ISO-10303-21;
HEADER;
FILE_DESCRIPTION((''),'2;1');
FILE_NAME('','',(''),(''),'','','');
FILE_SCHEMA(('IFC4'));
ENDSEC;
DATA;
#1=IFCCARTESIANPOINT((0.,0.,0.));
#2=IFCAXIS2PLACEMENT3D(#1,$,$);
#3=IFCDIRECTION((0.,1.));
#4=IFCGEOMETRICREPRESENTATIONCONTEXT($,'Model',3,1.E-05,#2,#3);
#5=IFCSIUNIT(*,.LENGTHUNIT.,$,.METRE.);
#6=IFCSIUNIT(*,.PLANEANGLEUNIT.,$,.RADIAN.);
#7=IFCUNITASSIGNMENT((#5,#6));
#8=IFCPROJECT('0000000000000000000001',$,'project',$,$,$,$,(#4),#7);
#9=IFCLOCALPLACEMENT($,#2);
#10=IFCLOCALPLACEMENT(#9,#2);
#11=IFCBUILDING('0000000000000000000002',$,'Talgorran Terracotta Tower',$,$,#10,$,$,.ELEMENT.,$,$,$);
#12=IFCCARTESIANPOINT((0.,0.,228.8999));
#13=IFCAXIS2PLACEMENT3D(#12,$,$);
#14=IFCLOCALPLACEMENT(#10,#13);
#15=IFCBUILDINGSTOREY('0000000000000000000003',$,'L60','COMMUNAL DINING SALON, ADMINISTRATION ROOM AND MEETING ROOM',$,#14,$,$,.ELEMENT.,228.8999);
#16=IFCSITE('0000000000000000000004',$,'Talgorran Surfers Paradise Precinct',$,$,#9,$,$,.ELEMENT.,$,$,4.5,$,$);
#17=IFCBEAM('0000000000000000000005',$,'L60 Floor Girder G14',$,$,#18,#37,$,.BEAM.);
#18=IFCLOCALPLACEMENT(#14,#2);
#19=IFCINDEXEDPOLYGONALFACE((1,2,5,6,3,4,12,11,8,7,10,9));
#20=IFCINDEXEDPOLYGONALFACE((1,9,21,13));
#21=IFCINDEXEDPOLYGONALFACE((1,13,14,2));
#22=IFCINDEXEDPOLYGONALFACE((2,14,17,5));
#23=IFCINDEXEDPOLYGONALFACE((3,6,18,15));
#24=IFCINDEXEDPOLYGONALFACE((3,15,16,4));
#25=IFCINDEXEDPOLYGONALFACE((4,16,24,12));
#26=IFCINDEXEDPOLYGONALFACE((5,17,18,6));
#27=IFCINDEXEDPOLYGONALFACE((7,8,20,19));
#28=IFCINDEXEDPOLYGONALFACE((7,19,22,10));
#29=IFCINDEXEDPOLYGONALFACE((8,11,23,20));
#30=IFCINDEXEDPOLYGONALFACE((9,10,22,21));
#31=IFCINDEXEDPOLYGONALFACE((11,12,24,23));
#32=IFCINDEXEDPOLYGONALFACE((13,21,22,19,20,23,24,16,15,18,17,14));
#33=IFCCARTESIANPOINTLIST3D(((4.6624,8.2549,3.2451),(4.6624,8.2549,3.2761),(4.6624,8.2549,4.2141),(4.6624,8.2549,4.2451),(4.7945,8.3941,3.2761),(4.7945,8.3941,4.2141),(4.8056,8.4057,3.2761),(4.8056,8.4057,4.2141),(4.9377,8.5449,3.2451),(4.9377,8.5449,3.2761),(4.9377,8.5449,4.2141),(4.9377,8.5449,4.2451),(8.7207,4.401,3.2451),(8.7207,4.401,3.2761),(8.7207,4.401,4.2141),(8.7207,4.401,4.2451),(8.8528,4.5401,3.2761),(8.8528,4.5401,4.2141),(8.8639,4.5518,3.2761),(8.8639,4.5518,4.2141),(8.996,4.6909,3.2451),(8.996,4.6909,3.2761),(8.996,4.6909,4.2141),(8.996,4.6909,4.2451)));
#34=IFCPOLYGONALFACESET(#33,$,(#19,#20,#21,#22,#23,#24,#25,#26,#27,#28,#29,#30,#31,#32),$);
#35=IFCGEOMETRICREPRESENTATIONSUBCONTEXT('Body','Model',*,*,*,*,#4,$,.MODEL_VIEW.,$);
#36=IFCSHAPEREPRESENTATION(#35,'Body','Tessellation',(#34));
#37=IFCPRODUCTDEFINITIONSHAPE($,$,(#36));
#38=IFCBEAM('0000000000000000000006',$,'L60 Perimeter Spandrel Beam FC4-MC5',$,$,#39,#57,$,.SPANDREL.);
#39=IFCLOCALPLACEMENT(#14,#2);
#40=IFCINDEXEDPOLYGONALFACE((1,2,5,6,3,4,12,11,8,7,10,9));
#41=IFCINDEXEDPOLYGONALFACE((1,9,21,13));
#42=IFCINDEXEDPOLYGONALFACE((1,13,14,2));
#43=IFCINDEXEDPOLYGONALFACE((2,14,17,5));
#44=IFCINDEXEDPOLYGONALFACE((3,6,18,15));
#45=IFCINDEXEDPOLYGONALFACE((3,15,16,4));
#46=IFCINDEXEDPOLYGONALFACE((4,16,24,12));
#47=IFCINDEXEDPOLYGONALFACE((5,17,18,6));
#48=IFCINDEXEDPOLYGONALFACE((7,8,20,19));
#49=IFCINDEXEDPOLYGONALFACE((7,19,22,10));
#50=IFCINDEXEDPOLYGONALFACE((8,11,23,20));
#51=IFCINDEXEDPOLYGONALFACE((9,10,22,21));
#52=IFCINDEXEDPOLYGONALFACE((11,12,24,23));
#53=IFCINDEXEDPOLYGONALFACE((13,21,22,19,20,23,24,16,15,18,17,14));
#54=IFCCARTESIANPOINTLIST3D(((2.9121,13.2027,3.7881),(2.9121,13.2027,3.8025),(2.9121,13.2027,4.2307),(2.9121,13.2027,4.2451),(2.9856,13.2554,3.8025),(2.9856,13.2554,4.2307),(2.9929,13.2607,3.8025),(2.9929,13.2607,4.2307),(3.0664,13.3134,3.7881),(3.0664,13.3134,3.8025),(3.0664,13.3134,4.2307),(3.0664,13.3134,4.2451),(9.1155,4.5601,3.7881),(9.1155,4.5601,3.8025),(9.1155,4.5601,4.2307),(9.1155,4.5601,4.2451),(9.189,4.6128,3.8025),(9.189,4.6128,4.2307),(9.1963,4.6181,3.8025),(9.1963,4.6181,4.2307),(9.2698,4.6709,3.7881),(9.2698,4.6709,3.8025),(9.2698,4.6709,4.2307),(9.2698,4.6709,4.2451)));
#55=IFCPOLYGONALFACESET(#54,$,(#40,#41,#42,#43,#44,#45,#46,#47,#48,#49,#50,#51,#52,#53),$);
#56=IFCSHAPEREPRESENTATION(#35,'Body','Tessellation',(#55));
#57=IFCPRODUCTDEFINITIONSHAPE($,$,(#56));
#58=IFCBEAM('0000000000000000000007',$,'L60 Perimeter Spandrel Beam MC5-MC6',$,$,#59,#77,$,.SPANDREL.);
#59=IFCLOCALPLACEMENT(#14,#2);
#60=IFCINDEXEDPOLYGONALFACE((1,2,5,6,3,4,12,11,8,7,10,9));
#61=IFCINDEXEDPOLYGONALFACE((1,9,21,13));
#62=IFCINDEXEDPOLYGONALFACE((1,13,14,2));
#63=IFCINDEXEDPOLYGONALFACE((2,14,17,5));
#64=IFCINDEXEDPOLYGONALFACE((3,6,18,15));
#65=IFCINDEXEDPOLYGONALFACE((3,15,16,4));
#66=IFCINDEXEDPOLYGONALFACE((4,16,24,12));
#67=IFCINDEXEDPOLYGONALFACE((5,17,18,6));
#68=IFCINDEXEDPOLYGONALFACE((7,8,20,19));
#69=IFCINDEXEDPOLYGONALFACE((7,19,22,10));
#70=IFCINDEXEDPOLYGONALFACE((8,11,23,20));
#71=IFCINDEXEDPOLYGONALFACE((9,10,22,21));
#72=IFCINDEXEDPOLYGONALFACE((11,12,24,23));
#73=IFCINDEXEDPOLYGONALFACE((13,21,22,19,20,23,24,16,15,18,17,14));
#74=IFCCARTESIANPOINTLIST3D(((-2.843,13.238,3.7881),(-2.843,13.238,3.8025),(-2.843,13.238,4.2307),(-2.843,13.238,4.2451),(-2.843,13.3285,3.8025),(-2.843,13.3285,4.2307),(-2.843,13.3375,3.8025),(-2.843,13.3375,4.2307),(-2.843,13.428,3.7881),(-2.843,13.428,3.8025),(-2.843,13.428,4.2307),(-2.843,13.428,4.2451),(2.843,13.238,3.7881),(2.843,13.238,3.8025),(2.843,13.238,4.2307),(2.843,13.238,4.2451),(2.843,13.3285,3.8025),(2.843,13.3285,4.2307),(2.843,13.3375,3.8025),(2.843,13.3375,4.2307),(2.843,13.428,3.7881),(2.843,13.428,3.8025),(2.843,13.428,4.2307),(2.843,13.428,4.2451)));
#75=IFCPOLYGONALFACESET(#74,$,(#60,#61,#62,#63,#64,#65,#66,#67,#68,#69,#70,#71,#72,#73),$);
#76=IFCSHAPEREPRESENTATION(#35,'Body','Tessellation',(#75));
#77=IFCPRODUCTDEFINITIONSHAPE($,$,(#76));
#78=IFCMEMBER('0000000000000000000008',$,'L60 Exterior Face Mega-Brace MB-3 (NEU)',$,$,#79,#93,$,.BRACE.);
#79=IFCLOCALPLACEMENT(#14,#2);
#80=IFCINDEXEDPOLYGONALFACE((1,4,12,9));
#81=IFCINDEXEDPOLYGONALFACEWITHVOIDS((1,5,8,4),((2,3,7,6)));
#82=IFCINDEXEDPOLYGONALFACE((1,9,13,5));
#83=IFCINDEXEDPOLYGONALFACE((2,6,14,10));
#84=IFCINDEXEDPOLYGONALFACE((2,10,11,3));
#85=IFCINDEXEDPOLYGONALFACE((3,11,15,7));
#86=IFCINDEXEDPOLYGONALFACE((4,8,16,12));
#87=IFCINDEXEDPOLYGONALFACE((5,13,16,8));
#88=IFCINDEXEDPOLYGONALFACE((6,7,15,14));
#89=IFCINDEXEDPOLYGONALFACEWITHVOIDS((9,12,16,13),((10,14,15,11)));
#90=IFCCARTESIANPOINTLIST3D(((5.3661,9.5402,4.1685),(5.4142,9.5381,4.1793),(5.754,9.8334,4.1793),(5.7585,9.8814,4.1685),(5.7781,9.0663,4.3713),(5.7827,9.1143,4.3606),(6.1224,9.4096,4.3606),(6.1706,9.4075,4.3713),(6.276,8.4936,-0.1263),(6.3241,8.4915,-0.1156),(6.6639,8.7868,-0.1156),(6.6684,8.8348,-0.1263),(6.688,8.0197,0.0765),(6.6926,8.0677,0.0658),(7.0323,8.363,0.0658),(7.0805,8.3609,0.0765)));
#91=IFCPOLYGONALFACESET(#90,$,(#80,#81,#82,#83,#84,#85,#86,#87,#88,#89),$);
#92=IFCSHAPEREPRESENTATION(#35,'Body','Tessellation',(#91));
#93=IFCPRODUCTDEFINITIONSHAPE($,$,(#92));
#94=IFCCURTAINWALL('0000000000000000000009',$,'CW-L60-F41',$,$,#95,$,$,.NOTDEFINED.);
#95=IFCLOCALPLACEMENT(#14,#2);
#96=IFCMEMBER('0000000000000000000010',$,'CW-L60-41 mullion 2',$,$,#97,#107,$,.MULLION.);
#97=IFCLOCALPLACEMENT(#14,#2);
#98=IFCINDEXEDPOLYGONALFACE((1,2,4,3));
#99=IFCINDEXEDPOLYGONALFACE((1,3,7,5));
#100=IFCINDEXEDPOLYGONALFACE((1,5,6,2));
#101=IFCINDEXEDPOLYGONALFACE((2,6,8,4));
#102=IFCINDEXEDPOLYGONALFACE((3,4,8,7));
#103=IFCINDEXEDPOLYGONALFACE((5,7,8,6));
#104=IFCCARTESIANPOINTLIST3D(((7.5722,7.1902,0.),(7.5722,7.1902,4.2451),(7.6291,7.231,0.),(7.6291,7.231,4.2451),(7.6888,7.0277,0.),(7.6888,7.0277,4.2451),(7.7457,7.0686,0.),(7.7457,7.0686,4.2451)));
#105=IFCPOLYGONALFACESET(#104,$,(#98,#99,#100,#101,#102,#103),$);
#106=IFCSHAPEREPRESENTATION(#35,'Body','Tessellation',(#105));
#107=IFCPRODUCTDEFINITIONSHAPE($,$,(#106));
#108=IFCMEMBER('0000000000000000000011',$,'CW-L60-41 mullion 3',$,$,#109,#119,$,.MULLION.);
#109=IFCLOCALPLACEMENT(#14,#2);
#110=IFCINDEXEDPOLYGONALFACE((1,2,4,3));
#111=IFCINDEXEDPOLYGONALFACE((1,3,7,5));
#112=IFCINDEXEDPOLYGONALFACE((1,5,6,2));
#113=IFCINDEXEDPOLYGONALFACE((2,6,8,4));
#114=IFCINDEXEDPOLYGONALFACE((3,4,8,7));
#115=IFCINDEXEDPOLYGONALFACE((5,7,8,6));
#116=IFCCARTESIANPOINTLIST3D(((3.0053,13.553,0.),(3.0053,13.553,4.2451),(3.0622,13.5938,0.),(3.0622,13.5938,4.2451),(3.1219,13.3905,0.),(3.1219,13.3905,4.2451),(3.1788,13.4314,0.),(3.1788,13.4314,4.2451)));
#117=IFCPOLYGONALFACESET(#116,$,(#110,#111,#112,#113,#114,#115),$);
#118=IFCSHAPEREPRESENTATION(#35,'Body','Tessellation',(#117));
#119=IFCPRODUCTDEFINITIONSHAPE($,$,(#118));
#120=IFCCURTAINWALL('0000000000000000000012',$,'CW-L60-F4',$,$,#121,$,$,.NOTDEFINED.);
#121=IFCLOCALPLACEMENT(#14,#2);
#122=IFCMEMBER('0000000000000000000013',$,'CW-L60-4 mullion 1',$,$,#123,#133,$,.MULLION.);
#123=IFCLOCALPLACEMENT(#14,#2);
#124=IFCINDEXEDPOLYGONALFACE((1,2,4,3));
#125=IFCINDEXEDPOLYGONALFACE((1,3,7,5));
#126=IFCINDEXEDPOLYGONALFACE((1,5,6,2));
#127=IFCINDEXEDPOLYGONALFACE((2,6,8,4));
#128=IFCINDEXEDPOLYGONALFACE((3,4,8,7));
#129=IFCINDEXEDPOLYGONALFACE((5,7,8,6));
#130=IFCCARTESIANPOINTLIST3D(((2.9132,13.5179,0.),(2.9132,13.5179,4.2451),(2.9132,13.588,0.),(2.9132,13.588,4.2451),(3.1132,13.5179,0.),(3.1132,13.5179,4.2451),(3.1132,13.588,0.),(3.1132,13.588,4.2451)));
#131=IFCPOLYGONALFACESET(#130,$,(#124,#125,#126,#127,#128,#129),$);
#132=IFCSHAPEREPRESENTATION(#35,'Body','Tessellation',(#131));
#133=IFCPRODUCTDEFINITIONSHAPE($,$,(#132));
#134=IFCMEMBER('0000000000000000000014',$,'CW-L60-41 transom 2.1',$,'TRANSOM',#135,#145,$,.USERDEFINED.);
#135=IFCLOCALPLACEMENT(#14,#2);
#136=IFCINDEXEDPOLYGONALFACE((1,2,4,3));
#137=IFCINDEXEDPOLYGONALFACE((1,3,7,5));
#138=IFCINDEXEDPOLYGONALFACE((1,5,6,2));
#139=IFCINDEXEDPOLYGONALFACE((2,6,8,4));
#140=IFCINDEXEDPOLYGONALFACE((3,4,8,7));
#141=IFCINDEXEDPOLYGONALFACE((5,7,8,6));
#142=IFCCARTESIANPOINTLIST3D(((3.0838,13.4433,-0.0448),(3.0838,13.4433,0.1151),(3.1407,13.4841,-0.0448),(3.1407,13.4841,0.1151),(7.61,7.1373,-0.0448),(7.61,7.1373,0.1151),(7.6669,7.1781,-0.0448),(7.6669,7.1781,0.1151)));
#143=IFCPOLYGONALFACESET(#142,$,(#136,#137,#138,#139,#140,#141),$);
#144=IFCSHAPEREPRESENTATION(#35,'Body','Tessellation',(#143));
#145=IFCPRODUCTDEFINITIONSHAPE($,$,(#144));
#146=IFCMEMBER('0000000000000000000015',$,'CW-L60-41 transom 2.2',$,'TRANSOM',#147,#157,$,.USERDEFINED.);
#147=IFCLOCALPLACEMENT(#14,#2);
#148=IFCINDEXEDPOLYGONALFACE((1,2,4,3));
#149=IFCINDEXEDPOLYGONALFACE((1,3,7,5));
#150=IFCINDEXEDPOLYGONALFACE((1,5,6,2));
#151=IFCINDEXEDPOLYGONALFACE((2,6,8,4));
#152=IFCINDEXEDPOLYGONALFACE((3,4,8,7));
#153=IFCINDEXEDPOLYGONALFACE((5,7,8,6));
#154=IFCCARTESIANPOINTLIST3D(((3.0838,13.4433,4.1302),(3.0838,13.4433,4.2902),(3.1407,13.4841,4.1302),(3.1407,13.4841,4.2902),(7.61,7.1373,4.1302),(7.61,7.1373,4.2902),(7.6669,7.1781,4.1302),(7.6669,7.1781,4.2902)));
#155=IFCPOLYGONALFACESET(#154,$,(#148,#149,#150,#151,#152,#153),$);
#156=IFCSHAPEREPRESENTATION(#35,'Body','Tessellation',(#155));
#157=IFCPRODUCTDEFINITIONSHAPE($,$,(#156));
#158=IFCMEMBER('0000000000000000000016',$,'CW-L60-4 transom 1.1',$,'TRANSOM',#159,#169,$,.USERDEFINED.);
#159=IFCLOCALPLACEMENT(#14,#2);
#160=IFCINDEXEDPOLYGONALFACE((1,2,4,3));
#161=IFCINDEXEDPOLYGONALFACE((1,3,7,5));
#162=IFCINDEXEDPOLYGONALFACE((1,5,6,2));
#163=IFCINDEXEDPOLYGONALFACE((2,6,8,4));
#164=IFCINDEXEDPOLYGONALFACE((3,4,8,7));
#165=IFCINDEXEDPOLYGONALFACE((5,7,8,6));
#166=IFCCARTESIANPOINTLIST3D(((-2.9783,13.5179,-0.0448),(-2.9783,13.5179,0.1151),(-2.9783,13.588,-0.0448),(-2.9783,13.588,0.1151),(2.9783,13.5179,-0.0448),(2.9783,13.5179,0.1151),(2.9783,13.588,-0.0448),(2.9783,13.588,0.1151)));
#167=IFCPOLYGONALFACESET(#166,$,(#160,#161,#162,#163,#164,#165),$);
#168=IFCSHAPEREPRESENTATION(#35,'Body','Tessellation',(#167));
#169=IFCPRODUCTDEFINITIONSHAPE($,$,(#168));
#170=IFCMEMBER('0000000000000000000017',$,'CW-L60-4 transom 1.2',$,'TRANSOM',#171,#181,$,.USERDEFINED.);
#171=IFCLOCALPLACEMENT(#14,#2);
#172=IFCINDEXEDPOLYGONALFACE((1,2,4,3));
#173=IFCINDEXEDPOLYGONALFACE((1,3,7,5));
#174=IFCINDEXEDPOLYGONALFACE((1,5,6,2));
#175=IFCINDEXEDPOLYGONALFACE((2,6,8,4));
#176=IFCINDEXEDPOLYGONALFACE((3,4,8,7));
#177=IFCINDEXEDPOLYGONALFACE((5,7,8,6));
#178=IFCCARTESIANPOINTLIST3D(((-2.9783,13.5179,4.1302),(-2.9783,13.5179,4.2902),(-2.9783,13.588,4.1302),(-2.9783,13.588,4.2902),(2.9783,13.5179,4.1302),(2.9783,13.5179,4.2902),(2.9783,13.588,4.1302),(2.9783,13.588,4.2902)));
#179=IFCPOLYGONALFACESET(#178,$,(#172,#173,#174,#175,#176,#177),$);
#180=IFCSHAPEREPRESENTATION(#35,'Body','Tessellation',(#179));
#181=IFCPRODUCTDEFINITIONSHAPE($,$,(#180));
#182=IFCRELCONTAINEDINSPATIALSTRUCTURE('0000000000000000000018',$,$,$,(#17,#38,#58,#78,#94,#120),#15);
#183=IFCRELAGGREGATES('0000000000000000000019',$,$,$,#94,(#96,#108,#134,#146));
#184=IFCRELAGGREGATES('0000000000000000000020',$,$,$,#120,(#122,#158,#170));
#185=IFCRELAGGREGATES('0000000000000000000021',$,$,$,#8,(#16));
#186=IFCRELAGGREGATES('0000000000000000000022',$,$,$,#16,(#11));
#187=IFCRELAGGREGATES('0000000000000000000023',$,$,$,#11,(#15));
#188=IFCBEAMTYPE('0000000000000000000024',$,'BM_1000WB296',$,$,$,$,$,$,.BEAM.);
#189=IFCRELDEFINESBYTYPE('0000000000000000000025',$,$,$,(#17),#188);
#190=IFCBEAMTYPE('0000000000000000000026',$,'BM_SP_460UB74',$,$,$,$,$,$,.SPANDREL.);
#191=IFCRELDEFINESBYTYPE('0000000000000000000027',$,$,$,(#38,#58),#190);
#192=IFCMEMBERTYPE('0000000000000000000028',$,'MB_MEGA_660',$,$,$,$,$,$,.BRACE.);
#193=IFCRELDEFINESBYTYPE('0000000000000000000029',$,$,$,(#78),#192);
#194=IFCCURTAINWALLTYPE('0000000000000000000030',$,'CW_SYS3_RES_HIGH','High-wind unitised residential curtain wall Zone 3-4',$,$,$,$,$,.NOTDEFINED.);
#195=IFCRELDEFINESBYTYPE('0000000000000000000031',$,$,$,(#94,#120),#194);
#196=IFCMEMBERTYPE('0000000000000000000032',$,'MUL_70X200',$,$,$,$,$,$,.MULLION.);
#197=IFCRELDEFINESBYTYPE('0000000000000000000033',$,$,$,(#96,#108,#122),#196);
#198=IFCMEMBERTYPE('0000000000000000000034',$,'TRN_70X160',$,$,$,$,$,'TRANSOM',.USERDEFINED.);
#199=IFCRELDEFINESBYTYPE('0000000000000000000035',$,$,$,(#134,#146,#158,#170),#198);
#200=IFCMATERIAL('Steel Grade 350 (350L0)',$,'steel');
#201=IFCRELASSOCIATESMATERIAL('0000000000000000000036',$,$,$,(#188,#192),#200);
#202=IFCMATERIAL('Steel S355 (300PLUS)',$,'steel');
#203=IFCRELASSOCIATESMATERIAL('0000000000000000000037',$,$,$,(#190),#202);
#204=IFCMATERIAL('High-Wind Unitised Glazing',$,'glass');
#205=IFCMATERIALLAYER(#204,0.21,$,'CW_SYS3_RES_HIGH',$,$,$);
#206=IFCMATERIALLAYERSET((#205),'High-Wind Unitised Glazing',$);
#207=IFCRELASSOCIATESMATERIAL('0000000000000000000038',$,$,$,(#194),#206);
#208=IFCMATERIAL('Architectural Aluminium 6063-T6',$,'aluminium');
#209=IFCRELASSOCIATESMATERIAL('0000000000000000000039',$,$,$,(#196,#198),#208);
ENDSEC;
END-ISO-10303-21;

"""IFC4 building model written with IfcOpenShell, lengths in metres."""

from ifc_helpers import new_model, si_unit, direction, frame, origin, origin_2d, place, context, subcontext, project, spatial, rectangle, hollow_rectangle, i_section, extrude, material, layer, layer_set, material_profile, profile_set, type_object, element, aggregate, save


model = new_model("IFC4")

# Units and contexts
model_context = context("Model", 3, precision=1e-05, world=origin(), true_north=direction((0.0, 1.0)))
body_context = subcontext(model_context, "Body", "Model", "MODEL_VIEW")
ifc_project = project(units=[si_unit("LENGTHUNIT", "METRE"), si_unit("PLANEANGLEUNIT", "RADIAN")], contexts=[model_context])

# Site, building, storey
site_placement = place(None, origin())
site = spatial("IfcSite", under=ifc_project, at=site_placement, Name="Talgorran Surfers Paradise Precinct", CompositionType="ELEMENT", RefElevation=4.5)
building_placement = place(site_placement, origin())
building = spatial("IfcBuilding", under=site, at=building_placement, Name="Talgorran Terracotta Tower", CompositionType="ELEMENT")
storey_placement = place(building_placement, frame((0.0, 0.0, 228.8999)))
storey = spatial("IfcBuildingStorey", under=building, at=storey_placement, Name="L60", Description="COMMUNAL DINING SALON, ADMINISTRATION ROOM AND MEETING ROOM", CompositionType="ELEMENT", Elevation=228.8999)

# Shared definitions
ifc_material_1 = material(Name="Steel S355 (300PLUS)", Category="steel")
ifc_material_2 = material(Name="Steel Grade 350 (350L0)", Category="steel")

# Beams
ifc_material_profile_1 = material_profile(ifc_material_2, i_section(OverallWidth=0.3999, OverallDepth=1.0, WebThickness=0.0161, FlangeThickness=0.031, at=origin_2d()), Name="1000WB296")
ifc_profile_set_1 = profile_set([ifc_material_profile_1], Name="Steel Grade 350 (350L0)")
beam_type_1 = type_object("IfcBeamType", Name="BM_1000WB296", PredefinedType="BEAM", material=ifc_profile_set_1)
beam_1_placement = place(storey_placement, frame((4.8, 8.3999, 3.7451), z_axis=(0.725127, -0.688615, 0.0), x_axis=(0.688615, 0.725127, 0.0)))
element("IfcBeam", 1, at=beam_1_placement, inside=storey, type_object=beam_type_1, Name="L60 Floor Girder G14", PredefinedType="BEAM", context=body_context, shape_type="SweptSolid", body=[
    extrude(i_section(OverallWidth=0.3999, OverallDepth=1.0, WebThickness=0.0161, FlangeThickness=0.031, at=origin_2d()), origin(), (0.0, 0.0, 1.0), 5.5967),
])
ifc_material_profile_2 = material_profile(ifc_material_1, i_section(OverallWidth=0.1899, OverallDepth=0.457, WebThickness=0.009, FlangeThickness=0.0144, at=origin_2d()), Name="460UB74.6")
ifc_profile_set_2 = profile_set([ifc_material_profile_2], Name="Steel S355 (300PLUS)")
beam_type_2 = type_object("IfcBeamType", Name="BM_SP_460UB74", PredefinedType="SPANDREL", material=ifc_profile_set_2)
beam_2_placement = place(storey_placement, frame((9.1926, 4.6155, 4.0166), z_axis=(-0.58311, 0.812393, 0.0), x_axis=(-0.812393, -0.58311, 0.0)))
element("IfcBeam", 2, at=beam_2_placement, inside=storey, type_object=beam_type_2, Name="L60 Perimeter Spandrel Beam FC4-MC5", PredefinedType="SPANDREL", context=body_context, shape_type="SweptSolid", body=[
    extrude(i_section(OverallWidth=0.1899, OverallDepth=0.457, WebThickness=0.009, FlangeThickness=0.0144, at=origin_2d()), origin(), (0.0, 0.0, 1.0), 10.6384),
])
beam_3_placement = place(storey_placement, frame((2.843, 13.333, 4.0166), z_axis=(-1.0, 0.0, 0.0), x_axis=(0.0, -1.0, 0.0)))
element("IfcBeam", 3, at=beam_3_placement, inside=storey, type_object=beam_type_2, Name="L60 Perimeter Spandrel Beam MC5-MC6", PredefinedType="SPANDREL", context=body_context, shape_type="SweptSolid", body=[
    extrude(i_section(OverallWidth=0.1899, OverallDepth=0.457, WebThickness=0.009, FlangeThickness=0.0144, at=origin_2d()), origin(), (0.0, 0.0, 1.0), 5.686),
])

# Member
ifc_material_profile_3 = material_profile(ifc_material_2, hollow_rectangle(XDim=0.52, YDim=0.6599, WallThickness=0.0349, at=origin_2d()), Name="WBOX660X520X35")
ifc_profile_set_3 = profile_set([ifc_material_profile_3], Name="Steel Grade 350 (350L0)")
member_type_1 = type_object("IfcMemberType", Name="MB_MEGA_660", PredefinedType="BRACE", material=ifc_profile_set_3)
member_1_placement = place(storey_placement, frame((6.6782, 8.4272, -0.0249), z_axis=(-0.201608, 0.2319, 0.951618), x_axis=(-0.754678, -0.656096, 0.0)))
element("IfcMember", 4, at=member_1_placement, inside=storey, type_object=member_type_1, Name="L60 Exterior Face Mega-Brace MB-3 (NEU)", PredefinedType="BRACE", context=body_context, shape_type="SweptSolid", body=[
    extrude(hollow_rectangle(XDim=0.52, YDim=0.6599, WallThickness=0.0349, at=origin_2d()), origin(), (0.0, 0.0, 1.0), 4.5132),
])

# Curtain wall, members
ifc_material_3 = material(Name="High-Wind Unitised Glazing", Category="glass")
ifc_layer_1 = layer(ifc_material_3, 0.21, Name="CW_SYS3_RES_HIGH")
ifc_layer_set_1 = layer_set([ifc_layer_1], Name="High-Wind Unitised Glazing")
curtain_wall_type = type_object("IfcCurtainWallType", Name="CW_SYS3_RES_HIGH", Description="High-wind unitised residential curtain wall Zone 3-4", PredefinedType="NOTDEFINED", material=ifc_layer_set_1)
curtain_wall_1_placement = place(storey_placement, origin())
curtain_wall_1 = element("IfcCurtainWall", 5, at=curtain_wall_1_placement, inside=storey, type_object=curtain_wall_type, Name="CW-L60-F41", PredefinedType="NOTDEFINED")
ifc_material_4 = material(Name="Architectural Aluminium 6063-T6", Category="aluminium")
ifc_material_profile_4 = material_profile(ifc_material_4, rectangle(XDim=0.0701, YDim=0.2, at=origin_2d()), Name="CWM70X200")
ifc_profile_set_4 = profile_set([ifc_material_profile_4], Name="Architectural Aluminium 6063-T6")
member_type_2 = type_object("IfcMemberType", Name="MUL_70X200", PredefinedType="MULLION", material=ifc_profile_set_4)
member_2_placement = place(storey_placement, frame((7.6589, 7.1294, 0.0), z_axis=(0.0, 0.0, 1.0), x_axis=(-0.812392, -0.583112, 0.0)))
member_2 = element("IfcMember", 6, at=member_2_placement, type_object=member_type_2, Name="CW-L60-41 mullion 2", PredefinedType="MULLION", context=body_context, shape_type="SweptSolid", body=[
    extrude(rectangle(XDim=0.0701, YDim=0.2, at=origin_2d()), origin(), (0.0, 0.0, 1.0), 4.2451),
])
member_3_placement = place(storey_placement, frame((3.092, 13.4922, 0.0), z_axis=(0.0, 0.0, 1.0), x_axis=(-0.812392, -0.583112, 0.0)))
member_3 = element("IfcMember", 7, at=member_3_placement, type_object=member_type_2, Name="CW-L60-41 mullion 3", PredefinedType="MULLION", context=body_context, shape_type="SweptSolid", body=[
    extrude(rectangle(XDim=0.0701, YDim=0.2, at=origin_2d()), origin(), (0.0, 0.0, 1.0), 4.2451),
])

# Curtain wall, member
curtain_wall_2_placement = place(storey_placement, origin())
curtain_wall_2 = element("IfcCurtainWall", 8, at=curtain_wall_2_placement, inside=storey, type_object=curtain_wall_type, Name="CW-L60-F4", PredefinedType="NOTDEFINED")
member_4_placement = place(storey_placement, frame((3.0132, 13.553, 0.0), z_axis=(0.0, 0.0, 1.0), x_axis=(0.0, -1.0, 0.0)))
member_4 = element("IfcMember", 9, at=member_4_placement, type_object=member_type_2, Name="CW-L60-4 mullion 1", PredefinedType="MULLION", context=body_context, shape_type="SweptSolid", body=[
    extrude(rectangle(XDim=0.0701, YDim=0.2, at=origin_2d()), origin(), (0.0, 0.0, 1.0), 4.2451),
])

# Members
ifc_material_profile_5 = material_profile(ifc_material_4, rectangle(XDim=0.0701, YDim=0.1599, at=origin_2d()), Name="CWT70X160")
ifc_profile_set_5 = profile_set([ifc_material_profile_5], Name="Architectural Aluminium 6063-T6")
member_type_3 = type_object("IfcMemberType", Name="TRN_70X160", ElementType="TRANSOM", PredefinedType="USERDEFINED", material=ifc_profile_set_5)
member_5_placement = place(storey_placement, frame((7.6384, 7.1577, 0.0352), z_axis=(-0.583105, 0.812397, 0.0), x_axis=(-0.812397, -0.583105, 0.0)))
member_5 = element("IfcMember", 10, at=member_5_placement, type_object=member_type_3, Name="CW-L60-41 transom 2.1", ObjectType="TRANSOM", PredefinedType="USERDEFINED", context=body_context, shape_type="SweptSolid", body=[
    extrude(rectangle(XDim=0.0701, YDim=0.1599, at=origin_2d()), origin(), (0.0, 0.0, 1.0), 7.7622),
])
member_6_placement = place(storey_placement, frame((7.6384, 7.1577, 4.2102), z_axis=(-0.583105, 0.812397, 0.0), x_axis=(-0.812397, -0.583105, 0.0)))
member_6 = element("IfcMember", 11, at=member_6_placement, type_object=member_type_3, Name="CW-L60-41 transom 2.2", ObjectType="TRANSOM", PredefinedType="USERDEFINED", context=body_context, shape_type="SweptSolid", body=[
    extrude(rectangle(XDim=0.0701, YDim=0.1599, at=origin_2d()), origin(), (0.0, 0.0, 1.0), 7.7622),
])
member_7_placement = place(storey_placement, frame((2.9783, 13.553, 0.0352), z_axis=(-1.0, 0.0, 0.0), x_axis=(0.0, -1.0, 0.0)))
member_7 = element("IfcMember", 12, at=member_7_placement, type_object=member_type_3, Name="CW-L60-4 transom 1.1", ObjectType="TRANSOM", PredefinedType="USERDEFINED", context=body_context, shape_type="SweptSolid", body=[
    extrude(rectangle(XDim=0.0701, YDim=0.1599, at=origin_2d()), origin(), (0.0, 0.0, 1.0), 5.9565),
])
member_8_placement = place(storey_placement, frame((2.9783, 13.553, 4.2102), z_axis=(-1.0, 0.0, 0.0), x_axis=(0.0, -1.0, 0.0)))
member_8 = element("IfcMember", 13, at=member_8_placement, type_object=member_type_3, Name="CW-L60-4 transom 1.2", ObjectType="TRANSOM", PredefinedType="USERDEFINED", context=body_context, shape_type="SweptSolid", body=[
    extrude(rectangle(XDim=0.0701, YDim=0.1599, at=origin_2d()), origin(), (0.0, 0.0, 1.0), 5.9565),
])

aggregate(curtain_wall_1, [member_2, member_3, member_5, member_6])
aggregate(curtain_wall_2, [member_4, member_7, member_8])

save(model, "model.ifc")
